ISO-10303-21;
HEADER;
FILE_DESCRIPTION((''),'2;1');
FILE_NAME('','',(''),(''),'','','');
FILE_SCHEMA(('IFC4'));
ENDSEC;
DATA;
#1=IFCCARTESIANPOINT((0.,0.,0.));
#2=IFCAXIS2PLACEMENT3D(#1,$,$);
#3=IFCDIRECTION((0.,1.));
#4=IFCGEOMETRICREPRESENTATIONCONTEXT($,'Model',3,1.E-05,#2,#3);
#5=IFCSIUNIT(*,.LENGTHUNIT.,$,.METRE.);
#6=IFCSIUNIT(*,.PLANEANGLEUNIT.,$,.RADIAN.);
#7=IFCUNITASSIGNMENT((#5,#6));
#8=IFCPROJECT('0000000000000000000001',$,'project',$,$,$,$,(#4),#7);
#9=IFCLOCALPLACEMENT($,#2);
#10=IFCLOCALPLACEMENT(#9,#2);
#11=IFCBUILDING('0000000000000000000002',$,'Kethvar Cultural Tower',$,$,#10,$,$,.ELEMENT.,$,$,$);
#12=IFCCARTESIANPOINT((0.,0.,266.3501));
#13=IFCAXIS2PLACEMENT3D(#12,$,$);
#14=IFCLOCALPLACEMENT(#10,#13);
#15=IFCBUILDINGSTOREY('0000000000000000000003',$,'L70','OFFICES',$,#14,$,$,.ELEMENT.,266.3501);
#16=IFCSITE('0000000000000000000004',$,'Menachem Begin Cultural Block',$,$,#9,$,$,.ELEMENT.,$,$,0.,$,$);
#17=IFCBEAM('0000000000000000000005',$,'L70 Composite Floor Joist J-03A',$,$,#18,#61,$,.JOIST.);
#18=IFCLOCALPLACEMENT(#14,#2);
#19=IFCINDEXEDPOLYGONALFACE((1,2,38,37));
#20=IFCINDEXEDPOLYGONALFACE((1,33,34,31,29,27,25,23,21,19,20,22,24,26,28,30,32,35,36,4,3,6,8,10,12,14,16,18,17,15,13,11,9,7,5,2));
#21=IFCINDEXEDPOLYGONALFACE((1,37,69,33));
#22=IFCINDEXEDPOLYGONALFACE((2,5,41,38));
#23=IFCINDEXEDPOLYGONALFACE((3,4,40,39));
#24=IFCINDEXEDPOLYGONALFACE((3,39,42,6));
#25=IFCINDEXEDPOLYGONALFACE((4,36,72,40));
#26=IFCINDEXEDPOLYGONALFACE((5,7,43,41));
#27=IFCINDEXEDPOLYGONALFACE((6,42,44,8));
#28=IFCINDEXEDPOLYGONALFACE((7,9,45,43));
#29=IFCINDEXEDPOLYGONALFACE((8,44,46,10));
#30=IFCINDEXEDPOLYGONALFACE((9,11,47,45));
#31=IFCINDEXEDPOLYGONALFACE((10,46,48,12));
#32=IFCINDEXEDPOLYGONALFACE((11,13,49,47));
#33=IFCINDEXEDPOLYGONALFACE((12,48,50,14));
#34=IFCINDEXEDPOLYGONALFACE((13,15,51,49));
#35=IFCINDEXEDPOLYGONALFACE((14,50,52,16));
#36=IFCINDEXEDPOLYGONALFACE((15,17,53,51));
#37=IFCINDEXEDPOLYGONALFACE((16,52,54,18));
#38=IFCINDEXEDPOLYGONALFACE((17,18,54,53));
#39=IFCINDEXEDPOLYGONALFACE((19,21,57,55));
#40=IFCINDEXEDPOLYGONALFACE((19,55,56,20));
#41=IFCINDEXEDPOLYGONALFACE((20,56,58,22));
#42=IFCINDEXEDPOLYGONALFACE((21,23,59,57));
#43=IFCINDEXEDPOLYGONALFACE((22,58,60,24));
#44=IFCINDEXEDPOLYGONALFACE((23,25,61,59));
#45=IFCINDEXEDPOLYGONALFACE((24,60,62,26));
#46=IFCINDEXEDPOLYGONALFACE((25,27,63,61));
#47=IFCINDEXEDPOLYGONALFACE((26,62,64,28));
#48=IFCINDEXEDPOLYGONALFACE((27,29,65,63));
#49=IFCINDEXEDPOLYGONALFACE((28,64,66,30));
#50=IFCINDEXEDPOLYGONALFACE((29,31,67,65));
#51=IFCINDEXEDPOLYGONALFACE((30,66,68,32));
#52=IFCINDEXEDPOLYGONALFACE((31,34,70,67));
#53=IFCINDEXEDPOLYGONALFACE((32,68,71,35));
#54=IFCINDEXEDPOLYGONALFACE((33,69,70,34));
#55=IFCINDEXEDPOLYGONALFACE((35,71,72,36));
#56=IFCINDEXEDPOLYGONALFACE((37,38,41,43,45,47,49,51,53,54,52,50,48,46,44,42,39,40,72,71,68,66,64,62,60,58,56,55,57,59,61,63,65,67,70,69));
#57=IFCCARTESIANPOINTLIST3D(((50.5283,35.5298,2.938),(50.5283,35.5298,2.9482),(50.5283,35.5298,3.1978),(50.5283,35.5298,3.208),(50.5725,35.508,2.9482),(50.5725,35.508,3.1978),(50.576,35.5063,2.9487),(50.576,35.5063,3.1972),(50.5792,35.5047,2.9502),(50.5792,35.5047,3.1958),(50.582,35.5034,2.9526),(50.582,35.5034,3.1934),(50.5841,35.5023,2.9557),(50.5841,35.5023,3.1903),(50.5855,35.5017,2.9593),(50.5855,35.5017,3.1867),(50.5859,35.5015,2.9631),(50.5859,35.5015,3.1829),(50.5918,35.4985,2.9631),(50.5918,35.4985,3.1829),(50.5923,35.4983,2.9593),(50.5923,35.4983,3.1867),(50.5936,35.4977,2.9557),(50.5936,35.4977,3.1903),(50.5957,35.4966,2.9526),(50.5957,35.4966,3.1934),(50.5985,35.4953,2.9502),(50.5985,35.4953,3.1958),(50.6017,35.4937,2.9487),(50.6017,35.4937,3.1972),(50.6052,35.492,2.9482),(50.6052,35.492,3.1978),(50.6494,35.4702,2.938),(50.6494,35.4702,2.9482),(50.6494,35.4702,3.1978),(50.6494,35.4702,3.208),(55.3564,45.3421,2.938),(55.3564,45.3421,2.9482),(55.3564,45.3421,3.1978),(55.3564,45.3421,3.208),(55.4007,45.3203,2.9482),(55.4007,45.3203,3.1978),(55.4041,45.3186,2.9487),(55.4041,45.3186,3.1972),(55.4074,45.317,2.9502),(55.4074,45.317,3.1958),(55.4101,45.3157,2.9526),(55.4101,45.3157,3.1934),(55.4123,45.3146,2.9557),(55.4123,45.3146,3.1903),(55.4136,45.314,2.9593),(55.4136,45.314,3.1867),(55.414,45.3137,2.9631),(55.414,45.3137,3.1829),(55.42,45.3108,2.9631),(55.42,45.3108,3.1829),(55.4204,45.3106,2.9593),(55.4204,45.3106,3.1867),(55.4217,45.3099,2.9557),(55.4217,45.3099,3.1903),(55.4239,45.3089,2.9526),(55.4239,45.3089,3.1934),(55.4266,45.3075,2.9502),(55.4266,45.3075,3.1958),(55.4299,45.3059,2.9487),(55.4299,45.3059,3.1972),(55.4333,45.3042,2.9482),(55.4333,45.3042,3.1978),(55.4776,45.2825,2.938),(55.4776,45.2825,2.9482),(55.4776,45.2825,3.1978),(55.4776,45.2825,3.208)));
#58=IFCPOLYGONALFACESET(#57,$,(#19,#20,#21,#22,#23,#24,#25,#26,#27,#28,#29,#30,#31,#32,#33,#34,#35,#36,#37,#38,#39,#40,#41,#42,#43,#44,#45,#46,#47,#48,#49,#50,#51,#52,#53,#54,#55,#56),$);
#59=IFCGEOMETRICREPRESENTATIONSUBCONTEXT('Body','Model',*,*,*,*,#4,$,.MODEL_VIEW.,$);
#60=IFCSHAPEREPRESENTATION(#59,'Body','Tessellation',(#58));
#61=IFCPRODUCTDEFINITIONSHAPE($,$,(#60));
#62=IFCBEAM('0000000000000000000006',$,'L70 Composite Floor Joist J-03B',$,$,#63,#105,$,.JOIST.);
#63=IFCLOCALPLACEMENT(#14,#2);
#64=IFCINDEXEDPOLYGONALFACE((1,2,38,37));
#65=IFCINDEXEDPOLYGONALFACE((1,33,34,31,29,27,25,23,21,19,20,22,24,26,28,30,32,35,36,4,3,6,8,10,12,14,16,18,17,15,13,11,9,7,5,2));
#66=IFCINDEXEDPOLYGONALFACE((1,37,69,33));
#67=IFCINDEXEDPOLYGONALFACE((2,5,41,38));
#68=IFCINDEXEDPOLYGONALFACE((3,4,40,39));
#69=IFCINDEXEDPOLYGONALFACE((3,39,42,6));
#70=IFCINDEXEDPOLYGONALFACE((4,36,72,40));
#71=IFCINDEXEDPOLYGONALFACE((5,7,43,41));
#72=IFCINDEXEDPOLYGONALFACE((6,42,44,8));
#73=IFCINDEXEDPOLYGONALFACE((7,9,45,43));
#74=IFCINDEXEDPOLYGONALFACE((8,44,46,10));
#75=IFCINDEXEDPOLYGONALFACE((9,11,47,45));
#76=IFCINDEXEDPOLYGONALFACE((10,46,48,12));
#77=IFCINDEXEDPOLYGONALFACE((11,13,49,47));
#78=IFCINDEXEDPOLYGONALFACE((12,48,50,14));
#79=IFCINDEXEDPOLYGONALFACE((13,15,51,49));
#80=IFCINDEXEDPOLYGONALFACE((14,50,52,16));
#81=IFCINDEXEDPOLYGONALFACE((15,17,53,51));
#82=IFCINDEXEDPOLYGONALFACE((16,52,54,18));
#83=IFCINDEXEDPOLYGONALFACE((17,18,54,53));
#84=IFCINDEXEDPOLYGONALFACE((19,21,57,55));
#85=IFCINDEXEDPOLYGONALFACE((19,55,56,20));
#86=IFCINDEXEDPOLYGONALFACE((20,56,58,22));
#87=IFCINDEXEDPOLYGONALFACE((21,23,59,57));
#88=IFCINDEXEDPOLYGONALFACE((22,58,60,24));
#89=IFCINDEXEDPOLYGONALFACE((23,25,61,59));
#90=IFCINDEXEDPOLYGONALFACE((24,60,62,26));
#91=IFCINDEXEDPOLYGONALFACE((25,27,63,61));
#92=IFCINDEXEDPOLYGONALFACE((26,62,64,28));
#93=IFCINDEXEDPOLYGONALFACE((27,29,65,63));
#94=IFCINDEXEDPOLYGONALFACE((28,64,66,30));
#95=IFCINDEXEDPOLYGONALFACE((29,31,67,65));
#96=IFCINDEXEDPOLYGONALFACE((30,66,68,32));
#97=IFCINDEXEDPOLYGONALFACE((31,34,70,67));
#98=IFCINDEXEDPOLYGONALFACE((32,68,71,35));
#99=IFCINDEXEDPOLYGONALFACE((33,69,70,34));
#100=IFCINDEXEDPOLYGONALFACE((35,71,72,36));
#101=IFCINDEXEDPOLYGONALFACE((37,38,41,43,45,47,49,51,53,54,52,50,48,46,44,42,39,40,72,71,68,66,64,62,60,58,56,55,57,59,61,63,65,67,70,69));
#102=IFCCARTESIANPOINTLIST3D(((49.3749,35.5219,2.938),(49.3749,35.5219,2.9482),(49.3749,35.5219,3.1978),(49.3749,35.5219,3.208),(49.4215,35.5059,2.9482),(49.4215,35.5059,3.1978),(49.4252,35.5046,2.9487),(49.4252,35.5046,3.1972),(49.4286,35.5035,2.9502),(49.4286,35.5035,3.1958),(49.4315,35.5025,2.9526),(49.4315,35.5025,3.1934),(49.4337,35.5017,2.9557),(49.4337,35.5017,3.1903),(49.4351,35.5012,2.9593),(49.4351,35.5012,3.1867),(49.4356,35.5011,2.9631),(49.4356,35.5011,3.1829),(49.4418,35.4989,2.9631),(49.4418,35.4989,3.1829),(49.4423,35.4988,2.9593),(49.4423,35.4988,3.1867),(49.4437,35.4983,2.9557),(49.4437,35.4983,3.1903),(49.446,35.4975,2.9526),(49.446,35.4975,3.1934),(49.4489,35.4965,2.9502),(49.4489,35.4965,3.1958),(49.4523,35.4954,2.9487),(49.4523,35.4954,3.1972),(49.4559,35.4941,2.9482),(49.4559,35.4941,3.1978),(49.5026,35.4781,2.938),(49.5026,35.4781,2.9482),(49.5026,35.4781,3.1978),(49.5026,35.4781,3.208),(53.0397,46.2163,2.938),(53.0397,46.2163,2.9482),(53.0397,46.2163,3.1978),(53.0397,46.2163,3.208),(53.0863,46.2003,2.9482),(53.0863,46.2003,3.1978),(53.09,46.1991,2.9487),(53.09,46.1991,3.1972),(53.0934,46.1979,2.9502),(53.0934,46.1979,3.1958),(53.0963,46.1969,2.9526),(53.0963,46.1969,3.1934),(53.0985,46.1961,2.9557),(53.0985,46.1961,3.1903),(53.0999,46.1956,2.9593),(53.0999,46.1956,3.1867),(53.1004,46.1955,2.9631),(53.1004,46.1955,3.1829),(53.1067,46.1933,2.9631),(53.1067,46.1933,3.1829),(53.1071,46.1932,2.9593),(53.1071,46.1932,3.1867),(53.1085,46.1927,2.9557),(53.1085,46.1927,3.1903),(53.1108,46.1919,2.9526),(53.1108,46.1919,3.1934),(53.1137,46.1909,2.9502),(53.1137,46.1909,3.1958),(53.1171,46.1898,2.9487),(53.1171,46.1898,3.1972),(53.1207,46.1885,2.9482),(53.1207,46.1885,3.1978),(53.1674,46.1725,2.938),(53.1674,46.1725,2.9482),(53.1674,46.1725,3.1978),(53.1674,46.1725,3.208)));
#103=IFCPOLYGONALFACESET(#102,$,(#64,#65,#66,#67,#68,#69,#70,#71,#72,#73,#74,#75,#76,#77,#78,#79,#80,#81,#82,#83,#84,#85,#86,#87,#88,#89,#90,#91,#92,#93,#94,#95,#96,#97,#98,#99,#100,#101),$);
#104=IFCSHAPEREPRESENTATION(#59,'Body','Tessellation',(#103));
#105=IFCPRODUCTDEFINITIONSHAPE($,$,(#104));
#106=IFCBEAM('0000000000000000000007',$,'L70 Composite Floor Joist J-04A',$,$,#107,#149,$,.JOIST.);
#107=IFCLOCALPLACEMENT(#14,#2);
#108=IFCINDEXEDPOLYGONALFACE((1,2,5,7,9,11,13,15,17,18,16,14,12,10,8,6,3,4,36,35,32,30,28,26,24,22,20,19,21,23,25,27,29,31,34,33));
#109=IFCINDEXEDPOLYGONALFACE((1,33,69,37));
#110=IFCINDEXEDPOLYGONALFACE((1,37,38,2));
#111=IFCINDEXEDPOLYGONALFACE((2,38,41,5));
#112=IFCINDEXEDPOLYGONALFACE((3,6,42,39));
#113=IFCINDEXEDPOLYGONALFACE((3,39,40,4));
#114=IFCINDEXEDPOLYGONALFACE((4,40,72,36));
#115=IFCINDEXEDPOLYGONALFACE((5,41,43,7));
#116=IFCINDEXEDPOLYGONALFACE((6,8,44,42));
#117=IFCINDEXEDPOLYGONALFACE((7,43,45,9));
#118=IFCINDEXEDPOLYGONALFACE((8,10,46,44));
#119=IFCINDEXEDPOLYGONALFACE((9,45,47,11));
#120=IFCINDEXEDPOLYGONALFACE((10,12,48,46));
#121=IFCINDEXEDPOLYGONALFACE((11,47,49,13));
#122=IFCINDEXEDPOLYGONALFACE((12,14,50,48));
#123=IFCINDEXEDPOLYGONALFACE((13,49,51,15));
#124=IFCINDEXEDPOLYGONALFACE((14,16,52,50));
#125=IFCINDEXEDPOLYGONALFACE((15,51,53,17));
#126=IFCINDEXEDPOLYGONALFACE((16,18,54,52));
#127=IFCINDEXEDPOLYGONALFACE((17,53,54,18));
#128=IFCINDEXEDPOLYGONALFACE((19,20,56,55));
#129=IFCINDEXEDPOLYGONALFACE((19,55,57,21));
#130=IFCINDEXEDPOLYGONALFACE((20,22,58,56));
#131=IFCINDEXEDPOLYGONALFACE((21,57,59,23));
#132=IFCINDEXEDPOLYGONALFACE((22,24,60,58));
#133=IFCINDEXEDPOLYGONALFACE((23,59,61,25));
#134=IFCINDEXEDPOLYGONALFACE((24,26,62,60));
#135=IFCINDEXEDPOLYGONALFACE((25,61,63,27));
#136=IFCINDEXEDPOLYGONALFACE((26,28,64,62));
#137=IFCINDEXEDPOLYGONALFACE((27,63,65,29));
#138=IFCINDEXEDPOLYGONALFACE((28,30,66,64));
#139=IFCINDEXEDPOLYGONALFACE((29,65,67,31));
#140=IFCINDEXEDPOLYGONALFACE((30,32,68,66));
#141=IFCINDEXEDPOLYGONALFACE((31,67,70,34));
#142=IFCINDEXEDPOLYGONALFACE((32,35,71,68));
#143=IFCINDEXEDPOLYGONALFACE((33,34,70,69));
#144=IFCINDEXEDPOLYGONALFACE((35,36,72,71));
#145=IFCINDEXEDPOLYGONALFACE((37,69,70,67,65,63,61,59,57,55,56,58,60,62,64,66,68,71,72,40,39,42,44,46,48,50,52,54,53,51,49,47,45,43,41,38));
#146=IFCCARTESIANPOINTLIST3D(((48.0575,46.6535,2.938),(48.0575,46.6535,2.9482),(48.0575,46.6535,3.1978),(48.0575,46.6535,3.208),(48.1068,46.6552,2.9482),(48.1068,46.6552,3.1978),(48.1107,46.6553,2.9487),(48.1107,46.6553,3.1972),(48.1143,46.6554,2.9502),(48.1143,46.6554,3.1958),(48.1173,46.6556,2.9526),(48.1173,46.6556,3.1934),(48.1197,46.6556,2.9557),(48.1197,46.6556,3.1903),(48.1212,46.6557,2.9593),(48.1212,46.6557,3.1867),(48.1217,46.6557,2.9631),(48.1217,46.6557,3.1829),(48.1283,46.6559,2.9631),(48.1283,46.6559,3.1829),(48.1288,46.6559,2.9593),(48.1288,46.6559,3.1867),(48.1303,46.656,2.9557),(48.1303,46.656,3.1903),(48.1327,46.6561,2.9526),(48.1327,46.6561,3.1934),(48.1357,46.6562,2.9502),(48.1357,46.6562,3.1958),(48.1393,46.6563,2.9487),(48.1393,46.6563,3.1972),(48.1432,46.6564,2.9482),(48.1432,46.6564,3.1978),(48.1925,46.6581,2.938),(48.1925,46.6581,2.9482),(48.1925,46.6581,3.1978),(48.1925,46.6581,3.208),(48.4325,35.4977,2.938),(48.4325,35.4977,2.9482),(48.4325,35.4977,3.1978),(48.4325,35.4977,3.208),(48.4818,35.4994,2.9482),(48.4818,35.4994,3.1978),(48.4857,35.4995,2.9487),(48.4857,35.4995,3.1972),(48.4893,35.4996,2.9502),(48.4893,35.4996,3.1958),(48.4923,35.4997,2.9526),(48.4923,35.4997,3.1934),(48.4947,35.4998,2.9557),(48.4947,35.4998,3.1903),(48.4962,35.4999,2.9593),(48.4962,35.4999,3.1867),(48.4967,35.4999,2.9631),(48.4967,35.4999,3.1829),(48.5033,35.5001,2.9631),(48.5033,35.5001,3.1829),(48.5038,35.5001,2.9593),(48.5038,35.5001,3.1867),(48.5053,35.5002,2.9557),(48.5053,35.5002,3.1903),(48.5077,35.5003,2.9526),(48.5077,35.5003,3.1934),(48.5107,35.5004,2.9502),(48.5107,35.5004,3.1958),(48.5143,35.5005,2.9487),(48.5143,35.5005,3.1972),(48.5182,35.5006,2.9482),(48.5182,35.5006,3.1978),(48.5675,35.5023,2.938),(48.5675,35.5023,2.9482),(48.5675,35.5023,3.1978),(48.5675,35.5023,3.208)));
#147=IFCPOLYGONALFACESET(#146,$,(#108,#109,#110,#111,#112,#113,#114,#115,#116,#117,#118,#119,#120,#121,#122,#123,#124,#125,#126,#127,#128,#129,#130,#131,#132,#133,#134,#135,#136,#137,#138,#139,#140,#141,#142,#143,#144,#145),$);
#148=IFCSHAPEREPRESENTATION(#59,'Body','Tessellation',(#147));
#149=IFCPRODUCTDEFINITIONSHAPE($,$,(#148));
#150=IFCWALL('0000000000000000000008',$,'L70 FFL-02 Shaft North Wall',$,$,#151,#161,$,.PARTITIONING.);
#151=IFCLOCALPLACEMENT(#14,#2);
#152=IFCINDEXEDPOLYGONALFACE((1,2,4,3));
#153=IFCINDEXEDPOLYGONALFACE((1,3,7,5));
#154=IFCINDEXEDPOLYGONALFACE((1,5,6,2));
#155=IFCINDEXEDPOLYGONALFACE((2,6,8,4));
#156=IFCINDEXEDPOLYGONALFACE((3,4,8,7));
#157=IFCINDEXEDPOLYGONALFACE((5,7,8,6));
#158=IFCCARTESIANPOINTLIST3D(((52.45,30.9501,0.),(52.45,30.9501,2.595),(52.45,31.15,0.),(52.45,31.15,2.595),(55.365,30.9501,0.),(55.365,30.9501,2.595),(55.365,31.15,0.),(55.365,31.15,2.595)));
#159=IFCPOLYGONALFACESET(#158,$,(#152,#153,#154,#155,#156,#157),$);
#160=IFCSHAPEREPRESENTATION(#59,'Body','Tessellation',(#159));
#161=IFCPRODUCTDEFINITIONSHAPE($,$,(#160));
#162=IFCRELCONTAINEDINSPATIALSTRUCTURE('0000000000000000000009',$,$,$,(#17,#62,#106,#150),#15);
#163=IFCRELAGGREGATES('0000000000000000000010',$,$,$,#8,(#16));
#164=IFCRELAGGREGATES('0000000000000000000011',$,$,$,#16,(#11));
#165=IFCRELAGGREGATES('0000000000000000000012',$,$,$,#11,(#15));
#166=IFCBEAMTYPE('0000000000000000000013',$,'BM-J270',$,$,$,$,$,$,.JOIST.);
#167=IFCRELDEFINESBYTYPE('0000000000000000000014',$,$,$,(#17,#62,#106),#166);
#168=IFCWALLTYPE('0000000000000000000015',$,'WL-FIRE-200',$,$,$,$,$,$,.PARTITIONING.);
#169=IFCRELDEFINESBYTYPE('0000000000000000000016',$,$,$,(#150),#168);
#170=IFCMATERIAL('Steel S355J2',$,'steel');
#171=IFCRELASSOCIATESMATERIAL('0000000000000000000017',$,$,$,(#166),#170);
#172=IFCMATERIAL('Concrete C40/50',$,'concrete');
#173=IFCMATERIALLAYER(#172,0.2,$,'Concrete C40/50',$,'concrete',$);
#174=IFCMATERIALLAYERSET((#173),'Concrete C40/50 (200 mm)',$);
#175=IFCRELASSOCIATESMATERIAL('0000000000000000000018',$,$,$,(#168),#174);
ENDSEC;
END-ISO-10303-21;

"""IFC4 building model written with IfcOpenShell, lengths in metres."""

from ifc_helpers import new_model, si_unit, direction, frame, frame_2d, origin, origin_2d, place, context, subcontext, project, spatial, rectangle, i_section, extrude, source, transform, mapped, material, layer, layer_set, material_profile, profile_set, type_object, element, save


model = new_model("IFC4")

# Units and contexts
model_context = context("Model", 3, precision=1e-05, world=origin(), true_north=direction((0.0, 1.0)))
body_context = subcontext(model_context, "Body", "Model", "MODEL_VIEW")
ifc_project = project(units=[si_unit("LENGTHUNIT", "METRE"), si_unit("PLANEANGLEUNIT", "RADIAN")], contexts=[model_context])

# Site, building, storey
site_placement = place(None, origin())
site = spatial("IfcSite", under=ifc_project, at=site_placement, Name="Menachem Begin Cultural Block", CompositionType="ELEMENT", RefElevation=0.0)
building_placement = place(site_placement, origin())
building = spatial("IfcBuilding", under=site, at=building_placement, Name="Kethvar Cultural Tower", CompositionType="ELEMENT")
storey_placement = place(building_placement, frame((0.0, 0.0, 266.3501)))
storey = spatial("IfcBuildingStorey", under=building, at=storey_placement, Name="L70", Description="OFFICES", CompositionType="ELEMENT", Elevation=266.3501)

# Beams
ifc_material_1 = material(Name="Steel S355J2", Category="steel")
ifc_material_profile_1 = material_profile(ifc_material_1, i_section(OverallWidth=0.135, OverallDepth=0.27, WebThickness=0.0066, FlangeThickness=0.0103, FilletRadius=0.0149, at=origin_2d()), Name="Steel S355J2 — IPE270")
ifc_profile_set_1 = profile_set([ifc_material_profile_1], Name="Steel S355J2 — IPE270")
beam_type_1 = type_object("IfcBeamType", Name="BM-J270", PredefinedType="JOIST", material=ifc_profile_set_1)
shared_shape_1 = source(origin(), body_context, "Body", "SweptSolid", [
    extrude(i_section(OverallWidth=0.135, OverallDepth=0.27, WebThickness=0.0066, FlangeThickness=0.0103, FilletRadius=0.0149, at=origin_2d()), origin(), (0.0, 0.0, 1.0), 10.9358),
])
beam_1_placement = place(storey_placement, frame((50.5889, 35.5, 3.073), z_axis=(0.441498, 0.897262, 0.0), x_axis=(-0.897262, 0.441498, 0.0)))
element("IfcBeam", 1, at=beam_1_placement, inside=storey, type_object=beam_type_1, Name="L70 Composite Floor Joist J-03A", PredefinedType="JOIST", context=body_context, shape_type="MappedRepresentation", body=[
    mapped(shared_shape_1, transform((0.0, 0.0, 0.0), scale=1.0)),
])
shared_shape_2 = source(origin(), body_context, "Body", "SweptSolid", [
    extrude(i_section(OverallWidth=0.135, OverallDepth=0.27, WebThickness=0.0066, FlangeThickness=0.0103, FilletRadius=0.0149, at=origin_2d()), origin(), (0.0, 0.0, 1.0), 11.3049),
])
beam_2_placement = place(storey_placement, frame((49.4387, 35.5, 3.073), z_axis=(0.324179, 0.945996, 0.0), x_axis=(-0.945996, 0.324179, 0.0)))
element("IfcBeam", 2, at=beam_2_placement, inside=storey, type_object=beam_type_1, Name="L70 Composite Floor Joist J-03B", PredefinedType="JOIST", context=body_context, shape_type="MappedRepresentation", body=[
    mapped(shared_shape_2, transform((0.0, 0.0, 0.0), scale=1.0)),
])
shared_shape_3 = source(origin(), body_context, "Body", "SweptSolid", [
    extrude(i_section(OverallWidth=0.135, OverallDepth=0.27, WebThickness=0.0066, FlangeThickness=0.0103, FilletRadius=0.0149, at=origin_2d()), origin(), (0.0, 0.0, 1.0), 11.1621),
])
beam_3_placement = place(storey_placement, frame((48.5, 35.5, 3.073), z_axis=(-0.033596, 0.999435, 0.0), x_axis=(-0.999435, -0.033596, 0.0)))
element("IfcBeam", 3, at=beam_3_placement, inside=storey, type_object=beam_type_1, Name="L70 Composite Floor Joist J-04A", PredefinedType="JOIST", context=body_context, shape_type="MappedRepresentation", body=[
    mapped(shared_shape_3, transform((0.0, 0.0, 0.0), scale=1.0)),
])

# Wall
ifc_material_2 = material(Name="Concrete C40/50", Category="concrete")
ifc_layer_1 = layer(ifc_material_2, 0.2, Name="Concrete C40/50", Category="concrete")
ifc_layer_set_1 = layer_set([ifc_layer_1], Name="Concrete C40/50 (200 mm)")
wall_type_1 = type_object("IfcWallType", Name="WL-FIRE-200", PredefinedType="PARTITIONING", material=ifc_layer_set_1)
wall_1_placement = place(storey_placement, frame((52.45, 31.05, 0.0), z_axis=(0.0, 0.0, 1.0), x_axis=(1.0, 0.0, 0.0)))
element("IfcWall", 4, at=wall_1_placement, inside=storey, type_object=wall_type_1, Name="L70 FFL-02 Shaft North Wall", PredefinedType="PARTITIONING", context=body_context, shape_type="SweptSolid", body=[
    extrude(rectangle(XDim=2.915, YDim=0.2, at=frame_2d((1.4575, 0.0))), origin(), (0.0, 0.0, 1.0), 2.595),
])

save(model, "model.ifc")
